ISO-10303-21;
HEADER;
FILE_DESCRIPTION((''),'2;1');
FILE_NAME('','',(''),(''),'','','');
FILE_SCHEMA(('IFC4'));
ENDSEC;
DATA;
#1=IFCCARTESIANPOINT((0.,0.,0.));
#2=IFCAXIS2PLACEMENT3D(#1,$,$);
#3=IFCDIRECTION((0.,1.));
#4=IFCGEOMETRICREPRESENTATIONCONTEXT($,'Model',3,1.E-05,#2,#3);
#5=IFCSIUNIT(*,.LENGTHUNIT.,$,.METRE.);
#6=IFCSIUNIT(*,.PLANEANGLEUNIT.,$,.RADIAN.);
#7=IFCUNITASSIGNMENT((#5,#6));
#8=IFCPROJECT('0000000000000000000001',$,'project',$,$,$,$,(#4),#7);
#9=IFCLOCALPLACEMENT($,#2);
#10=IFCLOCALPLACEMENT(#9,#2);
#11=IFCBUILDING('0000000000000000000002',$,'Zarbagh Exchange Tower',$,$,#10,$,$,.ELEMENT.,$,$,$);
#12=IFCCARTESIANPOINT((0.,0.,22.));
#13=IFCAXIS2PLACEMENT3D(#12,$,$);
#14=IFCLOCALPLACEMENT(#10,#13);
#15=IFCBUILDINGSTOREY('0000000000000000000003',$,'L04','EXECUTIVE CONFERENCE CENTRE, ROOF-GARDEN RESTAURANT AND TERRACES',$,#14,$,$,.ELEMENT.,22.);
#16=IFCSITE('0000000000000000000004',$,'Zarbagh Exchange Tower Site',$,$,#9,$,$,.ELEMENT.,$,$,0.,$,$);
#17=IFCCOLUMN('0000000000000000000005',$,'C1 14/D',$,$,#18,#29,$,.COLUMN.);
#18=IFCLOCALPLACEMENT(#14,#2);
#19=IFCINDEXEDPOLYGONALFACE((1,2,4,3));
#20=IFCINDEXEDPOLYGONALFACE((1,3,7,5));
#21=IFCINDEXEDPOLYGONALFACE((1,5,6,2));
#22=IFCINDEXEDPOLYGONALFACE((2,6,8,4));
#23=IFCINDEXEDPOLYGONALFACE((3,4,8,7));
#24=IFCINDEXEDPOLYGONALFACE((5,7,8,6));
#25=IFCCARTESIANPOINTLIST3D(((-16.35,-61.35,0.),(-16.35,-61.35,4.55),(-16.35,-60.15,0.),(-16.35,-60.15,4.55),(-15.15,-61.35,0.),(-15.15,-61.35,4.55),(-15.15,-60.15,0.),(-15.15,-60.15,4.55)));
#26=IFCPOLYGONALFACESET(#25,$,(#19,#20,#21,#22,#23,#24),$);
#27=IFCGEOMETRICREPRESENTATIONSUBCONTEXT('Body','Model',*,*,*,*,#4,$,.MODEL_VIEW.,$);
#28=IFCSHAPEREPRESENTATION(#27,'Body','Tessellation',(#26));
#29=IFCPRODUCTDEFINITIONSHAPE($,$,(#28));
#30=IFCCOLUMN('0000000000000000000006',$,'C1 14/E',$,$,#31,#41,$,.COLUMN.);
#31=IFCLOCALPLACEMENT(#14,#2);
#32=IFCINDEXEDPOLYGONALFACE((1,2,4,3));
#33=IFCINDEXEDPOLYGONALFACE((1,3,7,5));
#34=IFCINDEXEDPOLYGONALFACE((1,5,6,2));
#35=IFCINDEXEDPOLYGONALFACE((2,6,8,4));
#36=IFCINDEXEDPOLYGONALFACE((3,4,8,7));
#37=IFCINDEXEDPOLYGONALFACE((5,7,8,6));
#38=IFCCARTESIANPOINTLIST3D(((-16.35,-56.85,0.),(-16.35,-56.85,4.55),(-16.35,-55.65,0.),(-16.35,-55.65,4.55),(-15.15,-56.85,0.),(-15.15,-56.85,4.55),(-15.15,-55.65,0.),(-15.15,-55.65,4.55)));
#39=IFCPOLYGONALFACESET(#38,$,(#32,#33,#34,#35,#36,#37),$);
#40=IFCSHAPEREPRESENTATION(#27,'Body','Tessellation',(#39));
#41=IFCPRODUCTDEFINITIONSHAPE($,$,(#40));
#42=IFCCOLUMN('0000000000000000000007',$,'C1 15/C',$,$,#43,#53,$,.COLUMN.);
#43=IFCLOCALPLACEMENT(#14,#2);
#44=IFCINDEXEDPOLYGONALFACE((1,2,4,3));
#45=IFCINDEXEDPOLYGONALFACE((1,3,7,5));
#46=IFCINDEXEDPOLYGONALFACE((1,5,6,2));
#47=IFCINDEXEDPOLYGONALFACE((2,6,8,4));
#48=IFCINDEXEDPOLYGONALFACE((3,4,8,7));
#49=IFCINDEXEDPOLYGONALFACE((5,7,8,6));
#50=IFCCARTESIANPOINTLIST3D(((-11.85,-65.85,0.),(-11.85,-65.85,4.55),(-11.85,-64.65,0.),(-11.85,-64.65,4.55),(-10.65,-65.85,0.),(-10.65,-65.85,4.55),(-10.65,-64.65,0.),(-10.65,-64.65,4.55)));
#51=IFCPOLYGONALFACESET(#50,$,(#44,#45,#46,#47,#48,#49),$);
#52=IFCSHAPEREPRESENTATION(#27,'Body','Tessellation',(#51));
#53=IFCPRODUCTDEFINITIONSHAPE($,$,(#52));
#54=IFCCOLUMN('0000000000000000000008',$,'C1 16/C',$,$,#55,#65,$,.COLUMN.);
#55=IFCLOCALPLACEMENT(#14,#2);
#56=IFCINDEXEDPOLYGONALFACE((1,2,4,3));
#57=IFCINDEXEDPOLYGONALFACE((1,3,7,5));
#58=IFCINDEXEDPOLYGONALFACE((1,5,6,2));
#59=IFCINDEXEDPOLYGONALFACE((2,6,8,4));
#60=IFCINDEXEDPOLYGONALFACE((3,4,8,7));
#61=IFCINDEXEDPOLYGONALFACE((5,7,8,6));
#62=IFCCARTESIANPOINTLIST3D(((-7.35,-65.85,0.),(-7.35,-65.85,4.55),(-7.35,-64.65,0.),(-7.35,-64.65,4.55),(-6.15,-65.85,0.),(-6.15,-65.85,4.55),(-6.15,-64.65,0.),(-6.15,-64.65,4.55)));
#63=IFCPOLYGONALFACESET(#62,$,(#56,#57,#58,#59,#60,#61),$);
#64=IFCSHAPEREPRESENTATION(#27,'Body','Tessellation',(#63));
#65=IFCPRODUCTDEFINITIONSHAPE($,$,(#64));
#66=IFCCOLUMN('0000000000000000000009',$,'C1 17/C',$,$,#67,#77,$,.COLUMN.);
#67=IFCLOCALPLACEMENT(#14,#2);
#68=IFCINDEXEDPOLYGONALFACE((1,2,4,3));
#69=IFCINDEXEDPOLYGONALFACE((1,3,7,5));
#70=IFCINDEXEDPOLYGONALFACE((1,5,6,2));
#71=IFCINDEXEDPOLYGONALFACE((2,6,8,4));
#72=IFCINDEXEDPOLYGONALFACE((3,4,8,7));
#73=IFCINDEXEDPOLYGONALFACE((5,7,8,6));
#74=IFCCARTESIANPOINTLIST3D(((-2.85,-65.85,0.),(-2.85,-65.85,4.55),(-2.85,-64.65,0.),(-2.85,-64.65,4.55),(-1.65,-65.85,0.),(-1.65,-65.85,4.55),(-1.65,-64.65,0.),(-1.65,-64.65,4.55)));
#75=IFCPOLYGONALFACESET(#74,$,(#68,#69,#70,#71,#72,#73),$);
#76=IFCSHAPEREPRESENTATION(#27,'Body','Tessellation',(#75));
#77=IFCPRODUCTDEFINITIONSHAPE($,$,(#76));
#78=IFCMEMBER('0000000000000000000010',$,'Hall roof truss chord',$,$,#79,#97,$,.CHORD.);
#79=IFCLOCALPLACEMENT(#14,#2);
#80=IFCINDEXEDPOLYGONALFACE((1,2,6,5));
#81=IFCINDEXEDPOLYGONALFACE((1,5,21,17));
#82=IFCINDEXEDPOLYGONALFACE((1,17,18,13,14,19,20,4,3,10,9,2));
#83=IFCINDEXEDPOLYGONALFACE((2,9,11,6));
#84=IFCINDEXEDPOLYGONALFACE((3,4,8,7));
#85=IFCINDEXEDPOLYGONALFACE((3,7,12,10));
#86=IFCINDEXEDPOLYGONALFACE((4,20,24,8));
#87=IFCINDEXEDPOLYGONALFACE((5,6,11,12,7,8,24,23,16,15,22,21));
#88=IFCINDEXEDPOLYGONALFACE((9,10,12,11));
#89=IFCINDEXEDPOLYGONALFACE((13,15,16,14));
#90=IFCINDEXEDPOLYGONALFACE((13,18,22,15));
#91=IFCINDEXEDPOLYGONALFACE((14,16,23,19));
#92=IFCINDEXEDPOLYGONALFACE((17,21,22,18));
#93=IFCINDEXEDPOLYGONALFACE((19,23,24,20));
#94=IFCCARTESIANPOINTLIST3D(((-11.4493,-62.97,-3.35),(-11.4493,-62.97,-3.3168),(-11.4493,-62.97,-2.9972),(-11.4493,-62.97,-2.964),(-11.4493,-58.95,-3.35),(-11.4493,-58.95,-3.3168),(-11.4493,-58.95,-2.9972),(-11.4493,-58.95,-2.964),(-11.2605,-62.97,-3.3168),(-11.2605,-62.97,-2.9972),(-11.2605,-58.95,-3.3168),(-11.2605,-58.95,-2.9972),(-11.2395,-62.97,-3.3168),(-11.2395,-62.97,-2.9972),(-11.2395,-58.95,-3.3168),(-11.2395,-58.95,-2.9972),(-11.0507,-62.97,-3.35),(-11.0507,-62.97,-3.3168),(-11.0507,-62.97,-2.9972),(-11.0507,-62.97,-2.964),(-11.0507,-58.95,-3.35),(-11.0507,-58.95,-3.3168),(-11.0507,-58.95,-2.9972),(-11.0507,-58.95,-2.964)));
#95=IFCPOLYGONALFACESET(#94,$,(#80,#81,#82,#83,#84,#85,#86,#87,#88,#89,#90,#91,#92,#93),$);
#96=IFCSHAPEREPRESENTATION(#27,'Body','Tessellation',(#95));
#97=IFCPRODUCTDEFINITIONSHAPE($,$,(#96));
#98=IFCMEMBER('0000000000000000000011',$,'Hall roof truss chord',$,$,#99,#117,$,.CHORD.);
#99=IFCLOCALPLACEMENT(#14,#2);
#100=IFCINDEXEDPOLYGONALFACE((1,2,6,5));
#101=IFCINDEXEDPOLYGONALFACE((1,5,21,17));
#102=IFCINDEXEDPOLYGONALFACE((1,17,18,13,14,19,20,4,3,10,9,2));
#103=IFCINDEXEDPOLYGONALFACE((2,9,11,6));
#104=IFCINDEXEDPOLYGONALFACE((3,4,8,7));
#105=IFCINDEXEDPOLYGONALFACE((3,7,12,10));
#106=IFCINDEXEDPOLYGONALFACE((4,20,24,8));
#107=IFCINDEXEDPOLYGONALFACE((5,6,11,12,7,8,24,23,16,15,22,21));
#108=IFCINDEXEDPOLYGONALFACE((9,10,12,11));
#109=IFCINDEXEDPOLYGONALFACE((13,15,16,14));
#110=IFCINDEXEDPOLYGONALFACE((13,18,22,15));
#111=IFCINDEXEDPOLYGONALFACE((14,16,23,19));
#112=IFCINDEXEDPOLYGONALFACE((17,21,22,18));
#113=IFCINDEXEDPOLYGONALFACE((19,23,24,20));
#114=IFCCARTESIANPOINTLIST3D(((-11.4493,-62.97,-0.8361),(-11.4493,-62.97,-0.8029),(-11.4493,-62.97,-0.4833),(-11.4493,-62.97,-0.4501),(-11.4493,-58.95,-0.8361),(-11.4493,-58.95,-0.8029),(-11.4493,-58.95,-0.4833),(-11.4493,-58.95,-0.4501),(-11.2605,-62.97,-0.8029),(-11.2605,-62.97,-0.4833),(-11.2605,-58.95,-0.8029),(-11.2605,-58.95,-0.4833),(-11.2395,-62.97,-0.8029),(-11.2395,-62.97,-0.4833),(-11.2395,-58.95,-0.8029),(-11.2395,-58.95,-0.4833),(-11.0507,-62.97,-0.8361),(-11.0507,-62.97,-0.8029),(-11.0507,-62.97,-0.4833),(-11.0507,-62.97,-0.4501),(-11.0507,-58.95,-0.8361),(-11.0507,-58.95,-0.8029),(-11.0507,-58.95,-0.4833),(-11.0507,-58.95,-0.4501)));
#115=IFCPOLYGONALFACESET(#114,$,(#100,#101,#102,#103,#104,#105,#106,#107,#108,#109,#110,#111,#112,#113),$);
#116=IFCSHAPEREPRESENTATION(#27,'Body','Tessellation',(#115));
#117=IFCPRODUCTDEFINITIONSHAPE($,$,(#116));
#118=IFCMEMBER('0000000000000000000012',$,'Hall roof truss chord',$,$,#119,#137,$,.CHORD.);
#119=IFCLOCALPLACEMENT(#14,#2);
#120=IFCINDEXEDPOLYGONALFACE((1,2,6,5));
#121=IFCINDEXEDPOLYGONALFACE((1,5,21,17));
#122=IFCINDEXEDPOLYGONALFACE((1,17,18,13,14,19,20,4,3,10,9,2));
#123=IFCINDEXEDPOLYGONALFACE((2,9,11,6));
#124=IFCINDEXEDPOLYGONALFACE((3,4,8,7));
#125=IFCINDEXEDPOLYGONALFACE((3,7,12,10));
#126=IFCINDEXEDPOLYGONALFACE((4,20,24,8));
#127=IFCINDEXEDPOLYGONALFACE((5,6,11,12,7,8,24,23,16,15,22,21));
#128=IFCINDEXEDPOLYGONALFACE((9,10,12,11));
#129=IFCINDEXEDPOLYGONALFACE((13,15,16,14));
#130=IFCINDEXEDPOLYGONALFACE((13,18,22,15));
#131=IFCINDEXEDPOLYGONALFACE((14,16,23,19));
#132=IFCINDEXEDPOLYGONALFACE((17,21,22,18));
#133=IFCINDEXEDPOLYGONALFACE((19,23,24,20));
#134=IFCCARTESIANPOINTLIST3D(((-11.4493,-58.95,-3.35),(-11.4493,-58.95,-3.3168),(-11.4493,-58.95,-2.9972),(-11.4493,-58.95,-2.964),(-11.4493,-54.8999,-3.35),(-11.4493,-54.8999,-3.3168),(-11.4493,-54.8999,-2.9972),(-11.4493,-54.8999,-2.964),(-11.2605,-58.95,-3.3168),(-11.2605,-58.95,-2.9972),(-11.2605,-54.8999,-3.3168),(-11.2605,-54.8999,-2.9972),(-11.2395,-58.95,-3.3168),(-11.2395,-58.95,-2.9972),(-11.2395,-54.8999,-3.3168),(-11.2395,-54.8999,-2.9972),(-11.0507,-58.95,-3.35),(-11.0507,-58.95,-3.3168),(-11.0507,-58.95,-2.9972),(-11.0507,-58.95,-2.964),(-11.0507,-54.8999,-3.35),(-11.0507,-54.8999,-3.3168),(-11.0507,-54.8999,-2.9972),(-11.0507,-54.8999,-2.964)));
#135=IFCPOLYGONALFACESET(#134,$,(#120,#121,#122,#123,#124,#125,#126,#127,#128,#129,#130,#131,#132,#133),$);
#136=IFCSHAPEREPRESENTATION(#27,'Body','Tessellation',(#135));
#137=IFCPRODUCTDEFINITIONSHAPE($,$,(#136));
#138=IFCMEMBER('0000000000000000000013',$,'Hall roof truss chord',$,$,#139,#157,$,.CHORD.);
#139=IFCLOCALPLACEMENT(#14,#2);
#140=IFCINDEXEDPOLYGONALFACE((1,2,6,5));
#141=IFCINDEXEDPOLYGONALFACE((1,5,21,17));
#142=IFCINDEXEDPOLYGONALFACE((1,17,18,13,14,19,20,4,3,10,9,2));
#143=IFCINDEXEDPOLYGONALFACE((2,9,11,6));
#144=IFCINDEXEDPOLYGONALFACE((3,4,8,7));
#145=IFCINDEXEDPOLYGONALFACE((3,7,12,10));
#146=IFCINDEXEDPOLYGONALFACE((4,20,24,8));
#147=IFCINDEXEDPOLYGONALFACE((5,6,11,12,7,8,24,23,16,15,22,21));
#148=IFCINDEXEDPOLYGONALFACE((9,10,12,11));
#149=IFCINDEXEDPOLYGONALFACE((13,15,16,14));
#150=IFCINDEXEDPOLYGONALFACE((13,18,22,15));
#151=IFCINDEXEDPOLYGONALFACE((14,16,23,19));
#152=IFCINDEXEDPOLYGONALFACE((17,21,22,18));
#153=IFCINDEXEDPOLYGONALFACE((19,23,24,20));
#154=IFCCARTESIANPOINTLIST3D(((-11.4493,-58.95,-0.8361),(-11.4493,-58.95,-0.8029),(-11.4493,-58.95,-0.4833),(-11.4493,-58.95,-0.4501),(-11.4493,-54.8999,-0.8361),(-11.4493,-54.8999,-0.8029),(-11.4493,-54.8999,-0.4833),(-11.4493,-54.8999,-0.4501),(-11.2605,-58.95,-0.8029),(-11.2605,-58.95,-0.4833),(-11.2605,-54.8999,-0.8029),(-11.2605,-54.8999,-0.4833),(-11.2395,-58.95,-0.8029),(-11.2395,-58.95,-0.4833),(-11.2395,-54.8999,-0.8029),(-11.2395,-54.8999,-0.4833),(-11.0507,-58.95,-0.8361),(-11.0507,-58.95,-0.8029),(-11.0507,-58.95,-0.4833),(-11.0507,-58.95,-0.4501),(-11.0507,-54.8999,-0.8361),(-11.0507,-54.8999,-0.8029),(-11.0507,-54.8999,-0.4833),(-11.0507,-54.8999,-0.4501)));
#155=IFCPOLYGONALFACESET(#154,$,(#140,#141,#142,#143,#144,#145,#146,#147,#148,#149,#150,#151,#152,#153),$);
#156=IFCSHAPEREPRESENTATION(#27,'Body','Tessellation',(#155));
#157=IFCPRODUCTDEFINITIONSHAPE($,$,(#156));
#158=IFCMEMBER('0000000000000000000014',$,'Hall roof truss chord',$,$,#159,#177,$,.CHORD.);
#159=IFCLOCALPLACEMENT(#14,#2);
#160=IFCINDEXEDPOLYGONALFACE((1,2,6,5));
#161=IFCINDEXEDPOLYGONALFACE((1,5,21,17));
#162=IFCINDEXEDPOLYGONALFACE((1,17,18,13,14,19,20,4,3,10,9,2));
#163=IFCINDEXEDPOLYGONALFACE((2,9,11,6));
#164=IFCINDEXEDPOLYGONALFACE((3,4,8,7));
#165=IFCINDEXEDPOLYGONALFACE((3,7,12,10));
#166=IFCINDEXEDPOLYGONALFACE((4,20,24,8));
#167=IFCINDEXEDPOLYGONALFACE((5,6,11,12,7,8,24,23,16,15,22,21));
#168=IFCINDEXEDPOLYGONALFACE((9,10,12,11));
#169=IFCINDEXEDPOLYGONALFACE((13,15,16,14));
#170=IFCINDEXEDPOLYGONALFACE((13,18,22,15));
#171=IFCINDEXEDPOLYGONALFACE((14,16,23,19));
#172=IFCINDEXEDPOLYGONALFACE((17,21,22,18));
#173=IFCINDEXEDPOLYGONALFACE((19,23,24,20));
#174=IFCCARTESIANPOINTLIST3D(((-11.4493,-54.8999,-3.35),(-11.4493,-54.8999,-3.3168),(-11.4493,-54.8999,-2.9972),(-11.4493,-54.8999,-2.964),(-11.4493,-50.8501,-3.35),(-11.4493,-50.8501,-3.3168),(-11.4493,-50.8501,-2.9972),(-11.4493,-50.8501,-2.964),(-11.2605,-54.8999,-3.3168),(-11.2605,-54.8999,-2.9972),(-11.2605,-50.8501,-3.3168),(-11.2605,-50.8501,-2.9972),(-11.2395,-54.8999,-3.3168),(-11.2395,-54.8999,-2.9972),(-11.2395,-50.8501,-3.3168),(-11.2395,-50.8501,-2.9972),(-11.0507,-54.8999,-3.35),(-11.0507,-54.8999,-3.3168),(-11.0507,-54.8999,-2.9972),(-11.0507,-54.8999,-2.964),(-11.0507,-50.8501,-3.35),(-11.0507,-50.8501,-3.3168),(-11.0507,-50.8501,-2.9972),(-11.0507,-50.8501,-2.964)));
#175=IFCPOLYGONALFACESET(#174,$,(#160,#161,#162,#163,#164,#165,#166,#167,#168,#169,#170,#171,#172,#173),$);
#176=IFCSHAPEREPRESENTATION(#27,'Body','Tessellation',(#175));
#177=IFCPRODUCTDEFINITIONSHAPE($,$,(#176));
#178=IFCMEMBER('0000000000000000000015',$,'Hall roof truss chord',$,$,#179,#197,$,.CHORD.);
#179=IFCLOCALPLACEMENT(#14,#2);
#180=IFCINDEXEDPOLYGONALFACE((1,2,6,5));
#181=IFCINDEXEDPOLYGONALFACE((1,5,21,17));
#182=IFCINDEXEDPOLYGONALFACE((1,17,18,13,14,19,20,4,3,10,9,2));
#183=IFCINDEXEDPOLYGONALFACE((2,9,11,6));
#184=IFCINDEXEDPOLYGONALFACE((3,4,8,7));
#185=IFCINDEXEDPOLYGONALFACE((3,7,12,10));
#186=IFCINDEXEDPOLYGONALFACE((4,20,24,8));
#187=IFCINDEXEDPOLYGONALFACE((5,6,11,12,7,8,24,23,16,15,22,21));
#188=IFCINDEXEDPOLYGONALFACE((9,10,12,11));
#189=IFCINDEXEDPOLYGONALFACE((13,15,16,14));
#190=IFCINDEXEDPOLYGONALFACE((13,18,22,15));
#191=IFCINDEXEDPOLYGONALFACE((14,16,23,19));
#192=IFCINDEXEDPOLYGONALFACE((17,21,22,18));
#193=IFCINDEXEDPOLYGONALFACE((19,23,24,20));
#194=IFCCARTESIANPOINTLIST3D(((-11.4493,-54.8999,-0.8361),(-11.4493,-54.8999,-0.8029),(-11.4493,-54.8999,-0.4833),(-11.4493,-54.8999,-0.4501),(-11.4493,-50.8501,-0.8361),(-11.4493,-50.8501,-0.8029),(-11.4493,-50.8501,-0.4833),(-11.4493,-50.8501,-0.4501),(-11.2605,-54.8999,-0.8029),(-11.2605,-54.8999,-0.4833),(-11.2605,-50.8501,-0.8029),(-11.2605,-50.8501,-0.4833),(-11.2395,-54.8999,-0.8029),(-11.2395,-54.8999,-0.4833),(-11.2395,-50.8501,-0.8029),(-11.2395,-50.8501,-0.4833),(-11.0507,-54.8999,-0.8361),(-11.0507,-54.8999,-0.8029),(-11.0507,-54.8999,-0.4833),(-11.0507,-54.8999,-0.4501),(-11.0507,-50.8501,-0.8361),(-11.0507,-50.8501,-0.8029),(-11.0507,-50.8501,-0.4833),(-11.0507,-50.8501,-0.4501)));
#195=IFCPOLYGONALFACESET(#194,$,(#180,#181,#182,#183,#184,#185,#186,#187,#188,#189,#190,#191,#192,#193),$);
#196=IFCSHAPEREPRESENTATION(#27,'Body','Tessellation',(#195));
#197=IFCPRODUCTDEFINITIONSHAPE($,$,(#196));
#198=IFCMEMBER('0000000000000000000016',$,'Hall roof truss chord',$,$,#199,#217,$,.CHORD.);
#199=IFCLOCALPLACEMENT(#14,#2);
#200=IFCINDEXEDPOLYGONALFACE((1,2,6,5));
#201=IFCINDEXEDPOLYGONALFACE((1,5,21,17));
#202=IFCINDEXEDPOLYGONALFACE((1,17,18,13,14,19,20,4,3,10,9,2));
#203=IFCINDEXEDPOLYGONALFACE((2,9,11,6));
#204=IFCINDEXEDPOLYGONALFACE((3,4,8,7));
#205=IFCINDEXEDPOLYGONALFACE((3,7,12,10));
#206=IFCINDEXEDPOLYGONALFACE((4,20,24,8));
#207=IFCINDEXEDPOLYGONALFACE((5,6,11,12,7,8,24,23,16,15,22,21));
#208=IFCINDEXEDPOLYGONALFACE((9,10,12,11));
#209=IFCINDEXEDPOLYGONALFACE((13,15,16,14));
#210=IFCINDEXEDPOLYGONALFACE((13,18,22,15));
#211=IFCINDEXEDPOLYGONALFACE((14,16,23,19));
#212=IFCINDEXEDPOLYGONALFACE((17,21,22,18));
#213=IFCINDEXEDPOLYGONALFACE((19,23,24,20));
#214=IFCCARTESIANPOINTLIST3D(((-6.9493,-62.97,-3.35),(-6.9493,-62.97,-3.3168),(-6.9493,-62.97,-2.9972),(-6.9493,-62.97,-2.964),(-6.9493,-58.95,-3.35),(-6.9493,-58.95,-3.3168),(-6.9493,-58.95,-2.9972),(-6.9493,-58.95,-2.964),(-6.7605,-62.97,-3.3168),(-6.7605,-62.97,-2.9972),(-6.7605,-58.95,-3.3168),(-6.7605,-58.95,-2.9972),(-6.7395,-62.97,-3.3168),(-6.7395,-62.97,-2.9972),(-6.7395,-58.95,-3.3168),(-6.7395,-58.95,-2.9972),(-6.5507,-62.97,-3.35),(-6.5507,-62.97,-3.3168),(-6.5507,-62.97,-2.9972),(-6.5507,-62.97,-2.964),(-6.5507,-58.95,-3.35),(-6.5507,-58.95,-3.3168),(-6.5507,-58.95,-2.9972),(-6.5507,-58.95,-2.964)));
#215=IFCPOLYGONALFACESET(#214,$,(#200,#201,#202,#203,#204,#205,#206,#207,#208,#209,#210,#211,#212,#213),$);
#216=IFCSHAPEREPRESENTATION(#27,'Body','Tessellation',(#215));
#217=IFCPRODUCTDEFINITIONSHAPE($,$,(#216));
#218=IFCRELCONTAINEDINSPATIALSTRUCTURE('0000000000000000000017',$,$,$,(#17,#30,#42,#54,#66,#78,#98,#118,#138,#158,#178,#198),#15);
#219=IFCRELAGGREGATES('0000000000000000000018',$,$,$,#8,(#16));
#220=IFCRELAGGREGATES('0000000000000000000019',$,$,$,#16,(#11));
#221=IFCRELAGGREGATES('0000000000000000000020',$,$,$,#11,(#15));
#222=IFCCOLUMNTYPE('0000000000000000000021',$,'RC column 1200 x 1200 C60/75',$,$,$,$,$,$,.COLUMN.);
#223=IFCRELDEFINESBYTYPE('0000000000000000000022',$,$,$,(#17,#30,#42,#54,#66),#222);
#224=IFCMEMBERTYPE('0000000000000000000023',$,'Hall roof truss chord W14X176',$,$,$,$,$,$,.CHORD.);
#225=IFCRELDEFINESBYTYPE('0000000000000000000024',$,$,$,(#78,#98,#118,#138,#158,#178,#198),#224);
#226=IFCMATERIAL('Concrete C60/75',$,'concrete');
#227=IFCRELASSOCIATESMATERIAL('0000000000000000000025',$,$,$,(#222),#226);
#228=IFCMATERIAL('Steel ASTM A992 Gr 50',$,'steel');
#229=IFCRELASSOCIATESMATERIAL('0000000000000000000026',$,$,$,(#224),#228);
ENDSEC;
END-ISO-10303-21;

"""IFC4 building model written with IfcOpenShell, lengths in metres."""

from ifc_helpers import new_model, si_unit, direction, frame, origin, origin_2d, place, context, subcontext, project, spatial, rectangle, i_section, extrude, material, material_profile, profile_set, type_object, element, save


model = new_model("IFC4")

# Units and contexts
model_context = context("Model", 3, precision=1e-05, world=origin(), true_north=direction((0.0, 1.0)))
body_context = subcontext(model_context, "Body", "Model", "MODEL_VIEW")
ifc_project = project(units=[si_unit("LENGTHUNIT", "METRE"), si_unit("PLANEANGLEUNIT", "RADIAN")], contexts=[model_context])

# Site, building, storey
site_placement = place(None, origin())
site = spatial("IfcSite", under=ifc_project, at=site_placement, Name="Zarbagh Exchange Tower Site", CompositionType="ELEMENT", RefElevation=0.0)
building_placement = place(site_placement, origin())
building = spatial("IfcBuilding", under=site, at=building_placement, Name="Zarbagh Exchange Tower", CompositionType="ELEMENT")
storey_placement = place(building_placement, frame((0.0, 0.0, 22.0)))
storey = spatial("IfcBuildingStorey", under=building, at=storey_placement, Name="L04", Description="EXECUTIVE CONFERENCE CENTRE, ROOF-GARDEN RESTAURANT AND TERRACES", CompositionType="ELEMENT", Elevation=22.0)

# Columns
ifc_material_1 = material(Name="Concrete C60/75", Category="concrete")
ifc_material_profile_1 = material_profile(ifc_material_1, rectangle(XDim=1.2, YDim=1.2, at=origin_2d()), Name="RC column 1200 x 1200 C60/75")
ifc_profile_set_1 = profile_set([ifc_material_profile_1], Name="Concrete C60/75")
column_type = type_object("IfcColumnType", Name="RC column 1200 x 1200 C60/75", PredefinedType="COLUMN", material=ifc_profile_set_1)
for number, where, z_axis, x_axis, name in (
    (1, (-15.75, -60.75, 0.0), (0.0, 0.0, 1.0), (1.0, 0.0, 0.0), "C1 14/D"),
    (2, (-15.75, -56.25, 0.0), (0.0, 0.0, 1.0), (1.0, 0.0, 0.0), "C1 14/E"),
    (3, (-11.25, -65.25, 0.0), (0.0, 0.0, 1.0), (1.0, 0.0, 0.0), "C1 15/C"),
    (4, (-6.75, -65.25, 0.0), (0.0, 0.0, 1.0), (1.0, 0.0, 0.0), "C1 16/C"),
    (5, (-2.25, -65.25, 0.0), (0.0, 0.0, 1.0), (1.0, 0.0, 0.0), "C1 17/C"),
):
    element("IfcColumn", number, at=place(storey_placement, frame(where, z_axis=z_axis, x_axis=x_axis)), inside=storey, type_object=column_type, Name=name, PredefinedType="COLUMN", context=body_context, shape_type="SweptSolid", body=[
        extrude(rectangle(XDim=1.2, YDim=1.2, at=origin_2d()), origin(), (0.0, 0.0, 1.0), 4.55),
    ])

# Members
ifc_material_2 = material(Name="Steel ASTM A992 Gr 50", Category="steel")
ifc_material_profile_2 = material_profile(ifc_material_2, i_section(OverallWidth=0.3987, OverallDepth=0.386, WebThickness=0.021, FlangeThickness=0.0332, at=origin_2d()), Name="W14X176")
ifc_profile_set_2 = profile_set([ifc_material_profile_2], Name="Steel ASTM A992 Gr 50")
member_type_1 = type_object("IfcMemberType", Name="Hall roof truss chord W14X176", PredefinedType="CHORD", material=ifc_profile_set_2)
for number, where, z_axis, x_axis, name in (
    (6, (-11.25, -62.97, -3.157), (0.0, 1.0, 0.0), (-1.0, 0.0, 0.0), "Hall roof truss chord"),
    (7, (-11.25, -62.97, -0.6431), (0.0, 1.0, 0.0), (-1.0, 0.0, 0.0), "Hall roof truss chord"),
):
    element("IfcMember", number, at=place(storey_placement, frame(where, z_axis=z_axis, x_axis=x_axis)), inside=storey, type_object=member_type_1, Name=name, PredefinedType="CHORD", context=body_context, shape_type="SweptSolid", body=[
        extrude(i_section(OverallWidth=0.3987, OverallDepth=0.386, WebThickness=0.021, FlangeThickness=0.0332, at=origin_2d()), origin(), (0.0, 0.0, 1.0), 4.02),
    ])
for number, where, z_axis, x_axis, name in (
    (8, (-11.25, -58.95, -3.157), (0.0, 1.0, 0.0), (-1.0, 0.0, 0.0), "Hall roof truss chord"),
    (9, (-11.25, -58.95, -0.6431), (0.0, 1.0, 0.0), (-1.0, 0.0, 0.0), "Hall roof truss chord"),
):
    element("IfcMember", number, at=place(storey_placement, frame(where, z_axis=z_axis, x_axis=x_axis)), inside=storey, type_object=member_type_1, Name=name, PredefinedType="CHORD", context=body_context, shape_type="SweptSolid", body=[
        extrude(i_section(OverallWidth=0.3987, OverallDepth=0.386, WebThickness=0.021, FlangeThickness=0.0332, at=origin_2d()), origin(), (0.0, 0.0, 1.0), 4.05),
    ])
for number, where, z_axis, x_axis, name in (
    (10, (-11.25, -54.8999, -3.157), (0.0, 1.0, 0.0), (-1.0, 0.0, 0.0), "Hall roof truss chord"),
    (11, (-11.25, -54.8999, -0.6431), (0.0, 1.0, 0.0), (-1.0, 0.0, 0.0), "Hall roof truss chord"),
):
    element("IfcMember", number, at=place(storey_placement, frame(where, z_axis=z_axis, x_axis=x_axis)), inside=storey, type_object=member_type_1, Name=name, PredefinedType="CHORD", context=body_context, shape_type="SweptSolid", body=[
        extrude(i_section(OverallWidth=0.3987, OverallDepth=0.386, WebThickness=0.021, FlangeThickness=0.0332, at=origin_2d()), origin(), (0.0, 0.0, 1.0), 4.0498),
    ])
for number, where, z_axis, x_axis, name in (
    (12, (-6.75, -62.97, -3.157), (0.0, 1.0, 0.0), (-1.0, 0.0, 0.0), "Hall roof truss chord"),
):
    element("IfcMember", number, at=place(storey_placement, frame(where, z_axis=z_axis, x_axis=x_axis)), inside=storey, type_object=member_type_1, Name=name, PredefinedType="CHORD", context=body_context, shape_type="SweptSolid", body=[
        extrude(i_section(OverallWidth=0.3987, OverallDepth=0.386, WebThickness=0.021, FlangeThickness=0.0332, at=origin_2d()), origin(), (0.0, 0.0, 1.0), 4.02),
    ])

save(model, "model.ifc")
